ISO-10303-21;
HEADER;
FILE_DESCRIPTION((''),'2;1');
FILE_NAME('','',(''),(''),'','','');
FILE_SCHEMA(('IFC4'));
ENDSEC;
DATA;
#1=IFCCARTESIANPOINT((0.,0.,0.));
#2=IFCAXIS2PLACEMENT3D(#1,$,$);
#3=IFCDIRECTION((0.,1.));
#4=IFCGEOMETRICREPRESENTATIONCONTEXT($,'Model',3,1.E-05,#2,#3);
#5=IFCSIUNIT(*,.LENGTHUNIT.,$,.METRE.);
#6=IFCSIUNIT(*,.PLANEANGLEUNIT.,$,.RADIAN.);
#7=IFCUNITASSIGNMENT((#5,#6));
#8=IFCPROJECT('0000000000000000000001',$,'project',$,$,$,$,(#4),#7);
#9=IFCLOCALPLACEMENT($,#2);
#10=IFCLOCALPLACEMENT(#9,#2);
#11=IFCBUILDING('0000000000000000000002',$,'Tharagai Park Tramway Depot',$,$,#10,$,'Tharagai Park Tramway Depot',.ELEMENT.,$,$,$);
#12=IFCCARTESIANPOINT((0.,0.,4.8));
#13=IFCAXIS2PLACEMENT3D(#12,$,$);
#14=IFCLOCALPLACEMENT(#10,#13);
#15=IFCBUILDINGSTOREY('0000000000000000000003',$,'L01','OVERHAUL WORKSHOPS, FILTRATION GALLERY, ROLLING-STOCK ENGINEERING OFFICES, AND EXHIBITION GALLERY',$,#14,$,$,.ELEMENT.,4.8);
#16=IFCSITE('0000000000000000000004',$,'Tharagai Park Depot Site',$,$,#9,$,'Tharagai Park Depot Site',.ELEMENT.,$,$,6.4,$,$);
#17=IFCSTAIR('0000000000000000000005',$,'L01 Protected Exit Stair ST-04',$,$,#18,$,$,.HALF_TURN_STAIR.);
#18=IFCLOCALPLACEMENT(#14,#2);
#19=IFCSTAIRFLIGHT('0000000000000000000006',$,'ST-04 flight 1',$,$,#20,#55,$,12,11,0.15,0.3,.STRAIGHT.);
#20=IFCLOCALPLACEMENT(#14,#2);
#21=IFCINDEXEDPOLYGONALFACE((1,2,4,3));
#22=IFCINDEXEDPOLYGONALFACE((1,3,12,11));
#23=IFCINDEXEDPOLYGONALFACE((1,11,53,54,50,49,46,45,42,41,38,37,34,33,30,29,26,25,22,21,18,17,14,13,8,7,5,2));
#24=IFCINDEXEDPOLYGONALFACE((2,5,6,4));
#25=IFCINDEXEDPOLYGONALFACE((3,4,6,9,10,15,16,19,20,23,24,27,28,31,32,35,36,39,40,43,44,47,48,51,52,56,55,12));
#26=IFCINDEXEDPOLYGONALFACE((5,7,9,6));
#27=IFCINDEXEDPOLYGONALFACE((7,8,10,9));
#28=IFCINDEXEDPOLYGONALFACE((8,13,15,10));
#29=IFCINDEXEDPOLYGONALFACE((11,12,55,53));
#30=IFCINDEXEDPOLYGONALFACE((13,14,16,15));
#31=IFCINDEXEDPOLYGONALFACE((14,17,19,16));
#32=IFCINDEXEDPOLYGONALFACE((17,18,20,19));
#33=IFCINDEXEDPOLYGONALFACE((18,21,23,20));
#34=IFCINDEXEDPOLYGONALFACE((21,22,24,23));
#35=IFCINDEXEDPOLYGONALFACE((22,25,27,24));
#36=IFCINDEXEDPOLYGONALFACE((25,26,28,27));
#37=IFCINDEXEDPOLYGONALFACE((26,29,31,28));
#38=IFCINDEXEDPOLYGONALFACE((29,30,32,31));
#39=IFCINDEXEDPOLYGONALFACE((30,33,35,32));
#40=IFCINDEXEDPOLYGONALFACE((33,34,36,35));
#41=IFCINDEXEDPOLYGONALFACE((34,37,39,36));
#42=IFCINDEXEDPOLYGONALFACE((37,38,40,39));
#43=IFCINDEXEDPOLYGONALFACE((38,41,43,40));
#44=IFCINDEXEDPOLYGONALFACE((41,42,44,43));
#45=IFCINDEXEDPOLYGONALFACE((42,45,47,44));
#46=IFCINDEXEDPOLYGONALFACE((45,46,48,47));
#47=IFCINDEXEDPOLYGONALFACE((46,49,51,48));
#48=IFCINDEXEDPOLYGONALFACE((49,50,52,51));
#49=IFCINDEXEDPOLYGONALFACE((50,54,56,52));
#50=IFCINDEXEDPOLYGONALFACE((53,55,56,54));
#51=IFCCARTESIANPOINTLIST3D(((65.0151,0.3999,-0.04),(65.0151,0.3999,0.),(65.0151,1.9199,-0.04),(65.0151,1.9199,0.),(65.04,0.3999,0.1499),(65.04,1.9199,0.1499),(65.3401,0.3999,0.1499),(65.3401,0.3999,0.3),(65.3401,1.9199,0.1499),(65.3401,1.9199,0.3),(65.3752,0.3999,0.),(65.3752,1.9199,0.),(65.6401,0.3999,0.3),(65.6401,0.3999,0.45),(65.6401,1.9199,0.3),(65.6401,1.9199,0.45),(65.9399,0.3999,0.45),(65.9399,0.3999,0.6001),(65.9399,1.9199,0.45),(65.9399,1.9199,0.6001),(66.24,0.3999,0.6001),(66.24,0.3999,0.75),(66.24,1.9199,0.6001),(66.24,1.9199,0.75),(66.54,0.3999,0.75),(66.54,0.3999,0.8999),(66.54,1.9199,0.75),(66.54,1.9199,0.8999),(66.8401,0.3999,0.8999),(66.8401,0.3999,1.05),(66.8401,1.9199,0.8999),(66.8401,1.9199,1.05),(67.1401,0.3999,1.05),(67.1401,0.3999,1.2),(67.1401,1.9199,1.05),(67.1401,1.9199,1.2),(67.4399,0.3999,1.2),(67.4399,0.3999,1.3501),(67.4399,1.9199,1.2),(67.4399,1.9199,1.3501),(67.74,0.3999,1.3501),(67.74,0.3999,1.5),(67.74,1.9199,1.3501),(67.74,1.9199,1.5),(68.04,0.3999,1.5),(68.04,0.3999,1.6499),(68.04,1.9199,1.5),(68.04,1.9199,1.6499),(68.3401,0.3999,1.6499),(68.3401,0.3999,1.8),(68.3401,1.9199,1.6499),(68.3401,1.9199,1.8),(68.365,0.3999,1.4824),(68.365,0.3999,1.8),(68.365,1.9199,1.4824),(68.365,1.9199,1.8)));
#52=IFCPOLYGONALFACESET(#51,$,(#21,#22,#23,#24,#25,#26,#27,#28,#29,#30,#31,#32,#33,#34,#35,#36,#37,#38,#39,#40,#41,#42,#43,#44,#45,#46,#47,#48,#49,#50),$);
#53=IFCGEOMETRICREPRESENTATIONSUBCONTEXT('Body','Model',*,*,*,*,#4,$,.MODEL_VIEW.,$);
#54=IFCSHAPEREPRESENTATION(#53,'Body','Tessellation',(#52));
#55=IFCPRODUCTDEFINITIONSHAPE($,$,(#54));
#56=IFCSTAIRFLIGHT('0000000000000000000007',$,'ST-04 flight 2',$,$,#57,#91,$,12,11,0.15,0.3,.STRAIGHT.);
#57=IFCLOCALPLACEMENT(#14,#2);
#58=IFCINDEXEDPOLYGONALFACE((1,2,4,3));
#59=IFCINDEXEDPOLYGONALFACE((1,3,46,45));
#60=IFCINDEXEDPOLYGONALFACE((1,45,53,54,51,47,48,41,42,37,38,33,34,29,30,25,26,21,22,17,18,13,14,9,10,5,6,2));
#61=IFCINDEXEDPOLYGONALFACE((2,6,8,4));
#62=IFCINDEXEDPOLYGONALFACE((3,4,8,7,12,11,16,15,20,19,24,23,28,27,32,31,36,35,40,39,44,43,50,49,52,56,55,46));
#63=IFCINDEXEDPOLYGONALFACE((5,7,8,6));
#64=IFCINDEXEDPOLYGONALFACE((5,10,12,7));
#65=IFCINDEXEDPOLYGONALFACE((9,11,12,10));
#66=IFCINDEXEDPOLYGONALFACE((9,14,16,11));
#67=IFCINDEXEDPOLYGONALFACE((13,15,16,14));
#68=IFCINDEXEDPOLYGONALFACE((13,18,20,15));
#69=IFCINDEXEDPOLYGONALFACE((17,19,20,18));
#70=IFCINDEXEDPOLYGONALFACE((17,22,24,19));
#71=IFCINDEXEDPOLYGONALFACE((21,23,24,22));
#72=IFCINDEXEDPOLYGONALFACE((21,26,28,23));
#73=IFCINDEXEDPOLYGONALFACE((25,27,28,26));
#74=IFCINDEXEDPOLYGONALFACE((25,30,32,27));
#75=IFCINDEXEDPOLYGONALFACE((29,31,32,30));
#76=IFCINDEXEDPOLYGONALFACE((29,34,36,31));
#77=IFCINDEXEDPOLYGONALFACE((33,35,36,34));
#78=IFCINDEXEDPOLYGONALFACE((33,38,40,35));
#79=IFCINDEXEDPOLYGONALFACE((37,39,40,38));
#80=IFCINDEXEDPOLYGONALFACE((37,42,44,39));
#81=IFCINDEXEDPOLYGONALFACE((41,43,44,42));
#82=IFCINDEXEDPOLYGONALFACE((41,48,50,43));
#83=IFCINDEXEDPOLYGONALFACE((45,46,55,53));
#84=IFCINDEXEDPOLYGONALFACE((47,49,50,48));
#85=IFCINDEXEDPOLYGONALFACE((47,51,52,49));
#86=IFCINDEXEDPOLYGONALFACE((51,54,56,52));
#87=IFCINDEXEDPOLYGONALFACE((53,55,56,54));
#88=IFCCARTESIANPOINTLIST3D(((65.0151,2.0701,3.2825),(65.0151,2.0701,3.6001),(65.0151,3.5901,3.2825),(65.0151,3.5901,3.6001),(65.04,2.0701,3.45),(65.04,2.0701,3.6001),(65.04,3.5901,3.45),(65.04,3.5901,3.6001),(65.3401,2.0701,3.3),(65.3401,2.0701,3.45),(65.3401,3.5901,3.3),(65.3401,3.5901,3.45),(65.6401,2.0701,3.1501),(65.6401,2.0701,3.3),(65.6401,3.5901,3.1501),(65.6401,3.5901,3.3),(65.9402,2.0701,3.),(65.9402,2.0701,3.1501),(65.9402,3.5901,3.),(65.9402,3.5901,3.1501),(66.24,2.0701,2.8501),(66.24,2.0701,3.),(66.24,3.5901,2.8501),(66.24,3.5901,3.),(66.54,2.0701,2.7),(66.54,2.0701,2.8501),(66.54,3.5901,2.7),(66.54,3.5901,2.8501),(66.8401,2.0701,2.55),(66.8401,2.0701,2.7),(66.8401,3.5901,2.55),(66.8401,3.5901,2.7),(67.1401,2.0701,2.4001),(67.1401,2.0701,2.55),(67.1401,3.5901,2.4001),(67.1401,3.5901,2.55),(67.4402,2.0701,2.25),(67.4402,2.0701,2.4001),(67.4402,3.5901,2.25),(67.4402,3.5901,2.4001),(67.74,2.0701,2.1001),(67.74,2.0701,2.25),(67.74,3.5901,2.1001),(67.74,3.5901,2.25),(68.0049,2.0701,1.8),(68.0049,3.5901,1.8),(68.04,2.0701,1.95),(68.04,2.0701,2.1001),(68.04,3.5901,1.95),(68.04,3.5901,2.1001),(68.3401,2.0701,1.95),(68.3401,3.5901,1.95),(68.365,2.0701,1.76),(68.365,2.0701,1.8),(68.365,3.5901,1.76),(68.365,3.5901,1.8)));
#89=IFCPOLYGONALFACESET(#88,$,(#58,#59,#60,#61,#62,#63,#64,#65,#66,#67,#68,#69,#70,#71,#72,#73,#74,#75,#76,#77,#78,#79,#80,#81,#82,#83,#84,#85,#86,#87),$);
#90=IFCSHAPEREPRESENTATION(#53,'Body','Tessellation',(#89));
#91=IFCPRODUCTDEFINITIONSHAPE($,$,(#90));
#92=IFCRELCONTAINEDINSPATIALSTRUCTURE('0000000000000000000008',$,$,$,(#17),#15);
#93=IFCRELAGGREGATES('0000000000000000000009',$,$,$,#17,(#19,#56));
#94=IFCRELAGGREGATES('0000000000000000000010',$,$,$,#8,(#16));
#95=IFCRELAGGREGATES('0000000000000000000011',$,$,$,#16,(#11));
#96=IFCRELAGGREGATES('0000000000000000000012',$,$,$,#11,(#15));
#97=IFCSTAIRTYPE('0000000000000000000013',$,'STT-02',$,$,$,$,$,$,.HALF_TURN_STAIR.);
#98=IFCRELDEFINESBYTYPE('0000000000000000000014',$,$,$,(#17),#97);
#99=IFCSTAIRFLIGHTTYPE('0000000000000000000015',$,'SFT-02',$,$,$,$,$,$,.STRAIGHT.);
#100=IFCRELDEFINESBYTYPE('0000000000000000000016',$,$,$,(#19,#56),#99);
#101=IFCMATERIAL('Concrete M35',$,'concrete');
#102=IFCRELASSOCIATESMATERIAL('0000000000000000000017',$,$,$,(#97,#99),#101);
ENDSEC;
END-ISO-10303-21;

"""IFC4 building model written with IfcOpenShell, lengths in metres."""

from ifc_helpers import new_model, si_unit, direction, frame, origin, place, context, subcontext, project, spatial, polyline, outline, extrude, material, type_object, element, aggregate, save


model = new_model("IFC4")

# Units and contexts
model_context = context("Model", 3, precision=1e-05, world=origin(), true_north=direction((0.0, 1.0)))
body_context = subcontext(model_context, "Body", "Model", "MODEL_VIEW")
ifc_project = project(units=[si_unit("LENGTHUNIT", "METRE"), si_unit("PLANEANGLEUNIT", "RADIAN")], contexts=[model_context])

# Site, building, storey
site_placement = place(None, origin())
site = spatial("IfcSite", under=ifc_project, at=site_placement, Name="Tharagai Park Depot Site", LongName="Tharagai Park Depot Site", CompositionType="ELEMENT", RefElevation=6.4)
building_placement = place(site_placement, origin())
building = spatial("IfcBuilding", under=site, at=building_placement, Name="Tharagai Park Tramway Depot", LongName="Tharagai Park Tramway Depot", CompositionType="ELEMENT")
storey_placement = place(building_placement, frame((0.0, 0.0, 4.8)))
storey = spatial("IfcBuildingStorey", under=building, at=storey_placement, Name="L01", Description="OVERHAUL WORKSHOPS, FILTRATION GALLERY, ROLLING-STOCK ENGINEERING OFFICES, AND EXHIBITION GALLERY", CompositionType="ELEMENT", Elevation=4.8)

# Shared definitions
ifc_material_1 = material(Name="Concrete M35", Category="concrete")

# Stair, stair flights
stair_type = type_object("IfcStairType", Name="STT-02", PredefinedType="HALF_TURN_STAIR", material=ifc_material_1)
stair_placement = place(storey_placement, origin())
stair = element("IfcStair", 1, at=stair_placement, inside=storey, type_object=stair_type, Name="L01 Protected Exit Stair ST-04", PredefinedType="HALF_TURN_STAIR")
stair_flight_type = type_object("IfcStairFlightType", Name="SFT-02", PredefinedType="STRAIGHT", material=ifc_material_1)
stair_flight_1_placement = place(storey_placement, frame((65.04, 1.1599, 0.0), z_axis=(0.0, 0.0, 1.0), x_axis=(1.0, 0.0, 0.0)))
stair_flight_1 = element("IfcStairFlight", 2, at=stair_flight_1_placement, type_object=stair_flight_type, Name="ST-04 flight 1", NumberOfRisers=12, NumberOfTreads=11, PredefinedType="STRAIGHT", RiserHeight=0.15, TreadLength=0.3, context=body_context, shape_type="SweptSolid", body=[
    extrude(outline(polyline([(-0.0249, 0.0), (0.0, 0.1499), (0.3, 0.1499), (0.3, 0.3), (0.6001, 0.3), (0.6001, 0.45), (0.8999, 0.45), (0.8999, 0.6001), (1.2, 0.6001), (1.2, 0.75), (1.5, 0.75), (1.5, 0.8999), (1.8, 0.8999), (1.8, 1.05), (2.1001, 1.05), (2.1001, 1.2), (2.3999, 1.2), (2.3999, 1.3501), (2.7, 1.3501), (2.7, 1.5), (3.0, 1.5), (3.0, 1.6499), (3.3, 1.6499), (3.3, 1.8), (3.325, 1.8), (3.325, 1.4824), (0.3352, 0.0), (-0.0249, -0.04), (-0.0249, 0.0)])), frame((0.0, 0.76, 0.0), z_axis=(0.0, -1.0, 0.0), x_axis=(1.0, 0.0, 0.0)), (0.0, 0.0, 1.0), 1.52),
])
stair_flight_2_placement = place(storey_placement, frame((68.3401, 2.8301, 1.8), z_axis=(0.0, 0.0, 1.0), x_axis=(-1.0, 0.0, 0.0)))
stair_flight_2 = element("IfcStairFlight", 3, at=stair_flight_2_placement, type_object=stair_flight_type, Name="ST-04 flight 2", NumberOfRisers=12, NumberOfTreads=11, PredefinedType="STRAIGHT", RiserHeight=0.15, TreadLength=0.3, context=body_context, shape_type="SweptSolid", body=[
    extrude(outline(polyline([(-0.0249, 0.0), (0.0, 0.1499), (0.3, 0.1499), (0.3, 0.3), (0.6001, 0.3), (0.6001, 0.45), (0.8999, 0.45), (0.8999, 0.6001), (1.2, 0.6001), (1.2, 0.75), (1.5, 0.75), (1.5, 0.8999), (1.8, 0.8999), (1.8, 1.05), (2.1001, 1.05), (2.1001, 1.2), (2.3999, 1.2), (2.3999, 1.3501), (2.7, 1.3501), (2.7, 1.5), (3.0, 1.5), (3.0, 1.6499), (3.3, 1.6499), (3.3, 1.8), (3.325, 1.8), (3.325, 1.4824), (0.3352, 0.0), (-0.0249, -0.04), (-0.0249, 0.0)])), frame((0.0, 0.76, 0.0), z_axis=(0.0, -1.0, 0.0), x_axis=(1.0, 0.0, 0.0)), (0.0, 0.0, 1.0), 1.52),
])
aggregate(stair, [stair_flight_1, stair_flight_2])

save(model, "model.ifc")
